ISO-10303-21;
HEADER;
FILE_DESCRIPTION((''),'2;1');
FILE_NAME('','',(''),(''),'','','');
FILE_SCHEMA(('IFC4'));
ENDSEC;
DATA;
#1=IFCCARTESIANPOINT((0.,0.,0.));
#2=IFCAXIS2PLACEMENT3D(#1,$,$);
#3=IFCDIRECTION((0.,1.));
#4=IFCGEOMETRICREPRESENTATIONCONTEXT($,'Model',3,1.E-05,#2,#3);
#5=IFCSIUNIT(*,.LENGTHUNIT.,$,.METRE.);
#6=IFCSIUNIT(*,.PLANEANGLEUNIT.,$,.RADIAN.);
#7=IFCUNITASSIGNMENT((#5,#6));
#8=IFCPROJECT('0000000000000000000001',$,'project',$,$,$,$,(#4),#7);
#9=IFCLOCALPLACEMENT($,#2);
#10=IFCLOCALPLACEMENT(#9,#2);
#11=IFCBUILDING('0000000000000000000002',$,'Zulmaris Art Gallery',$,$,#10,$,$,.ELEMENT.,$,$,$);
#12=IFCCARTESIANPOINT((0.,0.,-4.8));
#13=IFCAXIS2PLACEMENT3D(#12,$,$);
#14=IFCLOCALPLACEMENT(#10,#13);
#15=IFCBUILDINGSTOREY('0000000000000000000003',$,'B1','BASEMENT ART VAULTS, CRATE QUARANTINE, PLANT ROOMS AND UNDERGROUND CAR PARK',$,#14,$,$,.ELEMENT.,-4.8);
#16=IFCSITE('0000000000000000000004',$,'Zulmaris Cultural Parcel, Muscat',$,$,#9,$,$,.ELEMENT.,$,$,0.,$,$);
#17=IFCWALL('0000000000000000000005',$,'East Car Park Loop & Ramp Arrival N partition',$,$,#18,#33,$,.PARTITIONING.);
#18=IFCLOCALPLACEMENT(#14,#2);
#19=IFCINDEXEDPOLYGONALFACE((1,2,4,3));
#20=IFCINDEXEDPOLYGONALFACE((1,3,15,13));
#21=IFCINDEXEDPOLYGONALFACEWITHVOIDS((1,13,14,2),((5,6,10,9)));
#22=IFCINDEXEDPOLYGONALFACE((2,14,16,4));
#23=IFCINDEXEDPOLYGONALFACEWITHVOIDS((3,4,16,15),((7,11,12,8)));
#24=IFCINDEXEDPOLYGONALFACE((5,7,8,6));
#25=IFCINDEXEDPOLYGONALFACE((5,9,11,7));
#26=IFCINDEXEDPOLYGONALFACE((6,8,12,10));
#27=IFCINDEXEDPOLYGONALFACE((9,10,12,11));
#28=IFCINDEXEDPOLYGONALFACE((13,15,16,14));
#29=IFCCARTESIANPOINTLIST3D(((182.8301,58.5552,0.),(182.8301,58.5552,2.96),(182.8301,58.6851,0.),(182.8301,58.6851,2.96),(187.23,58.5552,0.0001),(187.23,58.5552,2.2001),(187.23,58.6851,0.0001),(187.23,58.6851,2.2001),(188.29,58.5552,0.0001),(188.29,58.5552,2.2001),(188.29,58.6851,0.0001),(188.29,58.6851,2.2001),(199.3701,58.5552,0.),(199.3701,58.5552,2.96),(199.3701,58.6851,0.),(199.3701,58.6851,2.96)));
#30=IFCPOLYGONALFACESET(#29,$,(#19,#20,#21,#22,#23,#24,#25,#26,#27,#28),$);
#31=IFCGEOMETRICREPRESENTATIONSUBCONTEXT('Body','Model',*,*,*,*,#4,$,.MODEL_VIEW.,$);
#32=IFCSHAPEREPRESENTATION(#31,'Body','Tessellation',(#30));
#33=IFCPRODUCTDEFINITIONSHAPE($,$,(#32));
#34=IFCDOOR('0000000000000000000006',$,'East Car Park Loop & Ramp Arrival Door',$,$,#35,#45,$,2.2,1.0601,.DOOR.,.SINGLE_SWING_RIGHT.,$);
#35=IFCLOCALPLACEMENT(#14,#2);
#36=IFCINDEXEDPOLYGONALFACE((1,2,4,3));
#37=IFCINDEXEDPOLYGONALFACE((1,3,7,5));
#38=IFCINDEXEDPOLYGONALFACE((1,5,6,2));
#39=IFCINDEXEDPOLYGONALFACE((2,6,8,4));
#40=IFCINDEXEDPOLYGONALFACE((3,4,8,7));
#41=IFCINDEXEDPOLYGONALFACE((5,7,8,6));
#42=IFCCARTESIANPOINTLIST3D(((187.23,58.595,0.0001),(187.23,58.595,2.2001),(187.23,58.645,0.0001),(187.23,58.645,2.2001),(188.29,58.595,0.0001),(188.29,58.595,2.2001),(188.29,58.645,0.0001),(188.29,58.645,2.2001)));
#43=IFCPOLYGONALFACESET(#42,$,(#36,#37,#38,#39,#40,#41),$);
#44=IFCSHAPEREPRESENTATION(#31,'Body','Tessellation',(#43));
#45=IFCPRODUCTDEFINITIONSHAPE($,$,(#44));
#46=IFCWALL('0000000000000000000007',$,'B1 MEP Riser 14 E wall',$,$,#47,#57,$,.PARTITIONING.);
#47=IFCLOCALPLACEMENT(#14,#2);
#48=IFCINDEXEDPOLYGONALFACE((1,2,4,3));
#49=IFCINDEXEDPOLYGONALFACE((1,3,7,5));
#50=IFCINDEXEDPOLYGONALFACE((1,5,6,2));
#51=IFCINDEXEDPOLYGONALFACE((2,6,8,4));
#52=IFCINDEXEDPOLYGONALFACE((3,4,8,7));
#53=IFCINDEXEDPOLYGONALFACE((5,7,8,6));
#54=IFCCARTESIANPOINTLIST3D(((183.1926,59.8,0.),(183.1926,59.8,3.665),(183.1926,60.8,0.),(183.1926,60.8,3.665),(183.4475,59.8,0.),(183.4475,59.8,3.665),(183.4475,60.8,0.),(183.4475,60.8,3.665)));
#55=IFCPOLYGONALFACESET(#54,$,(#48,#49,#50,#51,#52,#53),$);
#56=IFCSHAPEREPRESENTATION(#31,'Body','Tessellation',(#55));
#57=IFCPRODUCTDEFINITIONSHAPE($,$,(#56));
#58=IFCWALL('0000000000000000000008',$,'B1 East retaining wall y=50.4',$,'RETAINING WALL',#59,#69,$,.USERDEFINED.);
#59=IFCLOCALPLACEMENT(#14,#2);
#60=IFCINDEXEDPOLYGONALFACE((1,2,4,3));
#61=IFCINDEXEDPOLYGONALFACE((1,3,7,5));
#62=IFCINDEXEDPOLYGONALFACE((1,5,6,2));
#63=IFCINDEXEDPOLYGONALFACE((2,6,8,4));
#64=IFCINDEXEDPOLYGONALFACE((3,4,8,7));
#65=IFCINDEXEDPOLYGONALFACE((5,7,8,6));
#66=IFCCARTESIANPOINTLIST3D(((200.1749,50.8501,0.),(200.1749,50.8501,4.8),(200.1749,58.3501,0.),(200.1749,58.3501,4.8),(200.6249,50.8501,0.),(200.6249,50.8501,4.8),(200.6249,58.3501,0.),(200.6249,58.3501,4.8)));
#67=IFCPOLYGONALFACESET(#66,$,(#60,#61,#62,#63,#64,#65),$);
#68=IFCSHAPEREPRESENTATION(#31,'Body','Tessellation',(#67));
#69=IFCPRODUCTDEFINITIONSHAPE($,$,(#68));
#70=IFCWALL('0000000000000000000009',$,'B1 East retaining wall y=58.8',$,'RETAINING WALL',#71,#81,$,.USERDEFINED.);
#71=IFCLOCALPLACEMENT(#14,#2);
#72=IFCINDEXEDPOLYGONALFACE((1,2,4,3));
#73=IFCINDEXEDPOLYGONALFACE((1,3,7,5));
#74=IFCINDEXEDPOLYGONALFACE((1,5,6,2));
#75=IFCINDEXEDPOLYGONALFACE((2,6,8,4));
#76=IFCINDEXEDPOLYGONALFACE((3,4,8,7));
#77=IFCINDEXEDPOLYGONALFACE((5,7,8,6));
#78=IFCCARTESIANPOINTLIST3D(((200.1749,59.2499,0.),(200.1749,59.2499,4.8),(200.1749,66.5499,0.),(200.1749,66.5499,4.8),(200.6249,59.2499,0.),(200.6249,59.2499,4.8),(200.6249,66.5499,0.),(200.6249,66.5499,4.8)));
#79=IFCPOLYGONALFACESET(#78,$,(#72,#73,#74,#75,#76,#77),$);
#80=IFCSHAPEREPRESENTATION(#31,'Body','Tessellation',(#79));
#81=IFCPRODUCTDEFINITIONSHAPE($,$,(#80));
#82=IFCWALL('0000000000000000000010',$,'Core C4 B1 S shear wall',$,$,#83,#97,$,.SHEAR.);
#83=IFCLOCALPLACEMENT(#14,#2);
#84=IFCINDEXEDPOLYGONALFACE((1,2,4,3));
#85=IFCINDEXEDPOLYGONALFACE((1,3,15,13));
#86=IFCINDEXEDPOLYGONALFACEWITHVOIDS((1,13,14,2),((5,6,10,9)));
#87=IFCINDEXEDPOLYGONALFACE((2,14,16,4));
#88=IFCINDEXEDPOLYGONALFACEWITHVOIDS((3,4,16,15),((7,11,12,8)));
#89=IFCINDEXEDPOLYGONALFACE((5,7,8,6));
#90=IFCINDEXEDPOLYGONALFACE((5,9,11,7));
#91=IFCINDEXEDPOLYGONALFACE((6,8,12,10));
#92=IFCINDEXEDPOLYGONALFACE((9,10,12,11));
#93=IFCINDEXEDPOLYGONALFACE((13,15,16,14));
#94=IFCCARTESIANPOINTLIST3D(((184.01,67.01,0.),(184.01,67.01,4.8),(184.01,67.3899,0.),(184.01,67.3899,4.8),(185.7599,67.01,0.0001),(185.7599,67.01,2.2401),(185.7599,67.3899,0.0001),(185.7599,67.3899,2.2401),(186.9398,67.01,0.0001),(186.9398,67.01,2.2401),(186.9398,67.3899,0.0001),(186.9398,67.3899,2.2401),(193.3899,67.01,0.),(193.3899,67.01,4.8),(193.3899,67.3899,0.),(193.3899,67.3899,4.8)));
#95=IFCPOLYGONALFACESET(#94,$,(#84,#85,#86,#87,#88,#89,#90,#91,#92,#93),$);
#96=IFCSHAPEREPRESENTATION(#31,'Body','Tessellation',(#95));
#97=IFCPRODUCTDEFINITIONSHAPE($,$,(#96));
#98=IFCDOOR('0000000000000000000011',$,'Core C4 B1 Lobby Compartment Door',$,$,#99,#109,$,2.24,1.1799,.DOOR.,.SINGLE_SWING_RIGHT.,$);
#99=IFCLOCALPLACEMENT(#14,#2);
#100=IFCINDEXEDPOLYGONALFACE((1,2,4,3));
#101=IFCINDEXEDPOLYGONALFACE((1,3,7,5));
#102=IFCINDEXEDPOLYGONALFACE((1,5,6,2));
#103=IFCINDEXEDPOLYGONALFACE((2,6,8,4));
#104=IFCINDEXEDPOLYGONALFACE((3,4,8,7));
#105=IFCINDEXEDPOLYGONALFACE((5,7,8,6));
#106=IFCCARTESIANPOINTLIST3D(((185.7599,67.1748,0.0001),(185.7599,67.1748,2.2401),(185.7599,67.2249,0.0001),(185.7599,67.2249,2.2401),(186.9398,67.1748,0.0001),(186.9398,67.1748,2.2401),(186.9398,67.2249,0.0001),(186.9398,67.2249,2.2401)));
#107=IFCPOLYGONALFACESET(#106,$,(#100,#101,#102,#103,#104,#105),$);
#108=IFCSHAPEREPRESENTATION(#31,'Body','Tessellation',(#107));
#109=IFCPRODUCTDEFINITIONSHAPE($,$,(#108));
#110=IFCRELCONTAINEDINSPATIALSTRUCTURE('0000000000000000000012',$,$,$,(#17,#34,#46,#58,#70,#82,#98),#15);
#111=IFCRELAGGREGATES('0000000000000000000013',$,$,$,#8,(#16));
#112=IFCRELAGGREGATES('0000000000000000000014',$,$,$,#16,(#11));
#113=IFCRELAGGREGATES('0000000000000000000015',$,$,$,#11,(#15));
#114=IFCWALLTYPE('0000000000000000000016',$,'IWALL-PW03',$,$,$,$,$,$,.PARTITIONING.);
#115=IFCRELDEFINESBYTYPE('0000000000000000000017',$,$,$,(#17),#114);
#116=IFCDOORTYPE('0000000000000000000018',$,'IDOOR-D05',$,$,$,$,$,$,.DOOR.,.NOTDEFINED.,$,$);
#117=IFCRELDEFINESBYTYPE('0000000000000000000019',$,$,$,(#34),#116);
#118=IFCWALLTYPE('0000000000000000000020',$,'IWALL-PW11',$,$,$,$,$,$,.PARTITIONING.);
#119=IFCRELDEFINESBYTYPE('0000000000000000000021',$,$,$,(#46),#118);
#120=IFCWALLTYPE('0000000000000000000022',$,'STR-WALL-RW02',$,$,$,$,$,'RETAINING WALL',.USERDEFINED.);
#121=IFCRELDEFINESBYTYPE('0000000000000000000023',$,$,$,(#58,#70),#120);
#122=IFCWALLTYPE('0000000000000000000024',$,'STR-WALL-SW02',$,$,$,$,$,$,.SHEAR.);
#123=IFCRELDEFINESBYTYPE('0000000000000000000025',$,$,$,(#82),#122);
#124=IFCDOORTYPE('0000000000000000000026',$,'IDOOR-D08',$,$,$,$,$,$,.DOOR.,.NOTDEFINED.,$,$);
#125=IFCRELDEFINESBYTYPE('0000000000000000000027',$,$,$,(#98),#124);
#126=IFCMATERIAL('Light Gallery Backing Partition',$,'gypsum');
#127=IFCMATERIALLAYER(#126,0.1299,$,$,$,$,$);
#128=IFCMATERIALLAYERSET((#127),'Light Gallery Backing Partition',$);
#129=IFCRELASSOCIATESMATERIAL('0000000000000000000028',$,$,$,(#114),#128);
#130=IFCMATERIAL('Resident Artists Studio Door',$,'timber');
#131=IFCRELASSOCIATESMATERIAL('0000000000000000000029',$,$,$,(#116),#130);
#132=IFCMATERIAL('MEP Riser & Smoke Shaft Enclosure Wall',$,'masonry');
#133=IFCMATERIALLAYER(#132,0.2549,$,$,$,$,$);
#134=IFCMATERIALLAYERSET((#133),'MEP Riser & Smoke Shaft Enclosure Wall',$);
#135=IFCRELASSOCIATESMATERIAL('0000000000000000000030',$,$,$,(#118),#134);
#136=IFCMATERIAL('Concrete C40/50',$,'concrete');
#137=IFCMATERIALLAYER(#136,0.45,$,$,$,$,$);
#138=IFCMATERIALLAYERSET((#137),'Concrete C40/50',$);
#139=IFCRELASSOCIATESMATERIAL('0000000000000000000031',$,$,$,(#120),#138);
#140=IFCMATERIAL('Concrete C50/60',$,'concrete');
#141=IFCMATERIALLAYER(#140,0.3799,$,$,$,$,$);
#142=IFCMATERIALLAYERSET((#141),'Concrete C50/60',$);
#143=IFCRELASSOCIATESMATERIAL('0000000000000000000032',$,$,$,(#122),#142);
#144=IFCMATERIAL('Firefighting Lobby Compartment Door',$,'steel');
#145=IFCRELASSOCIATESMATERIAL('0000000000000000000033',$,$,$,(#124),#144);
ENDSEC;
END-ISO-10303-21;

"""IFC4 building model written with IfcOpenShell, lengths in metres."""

from ifc_helpers import new_model, si_unit, direction, frame, frame_2d, origin, place, context, subcontext, project, spatial, rectangle, extrude, material, layer, layer_set, type_object, element, fill, save


model = new_model("IFC4")

# Units and contexts
model_context = context("Model", 3, precision=1e-05, world=origin(), true_north=direction((0.0, 1.0)))
body_context = subcontext(model_context, "Body", "Model", "MODEL_VIEW")
ifc_project = project(units=[si_unit("LENGTHUNIT", "METRE"), si_unit("PLANEANGLEUNIT", "RADIAN")], contexts=[model_context])

# Site, building, storey
site_placement = place(None, origin())
site = spatial("IfcSite", under=ifc_project, at=site_placement, Name="Zulmaris Cultural Parcel, Muscat", CompositionType="ELEMENT", RefElevation=0.0)
building_placement = place(site_placement, origin())
building = spatial("IfcBuilding", under=site, at=building_placement, Name="Zulmaris Art Gallery", CompositionType="ELEMENT")
storey_placement = place(building_placement, frame((0.0, 0.0, -4.8)))
storey = spatial("IfcBuildingStorey", under=building, at=storey_placement, Name="B1", Description="BASEMENT ART VAULTS, CRATE QUARANTINE, PLANT ROOMS AND UNDERGROUND CAR PARK", CompositionType="ELEMENT", Elevation=-4.8)

# Shared definitions
ifc_material_1 = material(Name="Concrete C40/50", Category="concrete")

# Shared definitions
ifc_material_2 = material(Name="Concrete C50/60", Category="concrete")

# Wall, opening, door
ifc_material_3 = material(Name="Light Gallery Backing Partition", Category="gypsum")
ifc_layer_1 = layer(ifc_material_3, 0.1299)
ifc_layer_set_1 = layer_set([ifc_layer_1], Name="Light Gallery Backing Partition")
wall_type_1 = type_object("IfcWallType", Name="IWALL-PW03", PredefinedType="PARTITIONING", material=ifc_layer_set_1)
wall_1_placement = place(storey_placement, frame((182.8301, 58.6201, 0.0), z_axis=(0.0, 0.0, 1.0), x_axis=(1.0, 0.0, 0.0)))
wall_1 = element("IfcWall", 1, at=wall_1_placement, inside=storey, type_object=wall_type_1, Name="East Car Park Loop & Ramp Arrival N partition", PredefinedType="PARTITIONING", context=body_context, shape_type="SweptSolid", body=[
    extrude(rectangle(XDim=16.54, YDim=0.1299, at=frame_2d((8.27, 0.0))), origin(), (0.0, 0.0, 1.0), 2.96),
])
opening_1_placement = place(wall_1_placement, frame((4.3999, 0.0, 0.0)))
opening_1 = element("IfcOpeningElement", 2, at=opening_1_placement, cuts=wall_1, PredefinedType="OPENING", context=body_context, shape_type="SweptSolid", body=[
    extrude(rectangle(XDim=1.0601, YDim=2.2, at=frame_2d((0.53, 1.1001))), frame((0.0, 0.075, 0.0), z_axis=(0.0, -1.0, 0.0), x_axis=(1.0, 0.0, 0.0)), (0.0, 0.0, 1.0), 0.1499),
])
ifc_material_4 = material(Name="Resident Artists Studio Door", Category="timber")
door_type_1 = type_object("IfcDoorType", Name="IDOOR-D05", OperationType="NOTDEFINED", PredefinedType="DOOR", material=ifc_material_4)
door_1_placement = place(opening_1_placement, origin())
door_1 = element("IfcDoor", 3, at=door_1_placement, inside=storey, type_object=door_type_1, Name="East Car Park Loop & Ramp Arrival Door", OperationType="SINGLE_SWING_RIGHT", OverallHeight=2.2, OverallWidth=1.0601, PredefinedType="DOOR", context=body_context, shape_type="SweptSolid", body=[
    extrude(rectangle(XDim=1.0601, YDim=2.2, at=frame_2d((0.53, 1.1001))), frame((0.0, 0.0249, 0.0), z_axis=(0.0, -1.0, 0.0), x_axis=(1.0, 0.0, 0.0)), (0.0, 0.0, 1.0), 0.05),
])
fill(opening_1, door_1)

# Walls
ifc_material_5 = material(Name="MEP Riser & Smoke Shaft Enclosure Wall", Category="masonry")
ifc_layer_2 = layer(ifc_material_5, 0.2549)
ifc_layer_set_2 = layer_set([ifc_layer_2], Name="MEP Riser & Smoke Shaft Enclosure Wall")
wall_type_2 = type_object("IfcWallType", Name="IWALL-PW11", PredefinedType="PARTITIONING", material=ifc_layer_set_2)
wall_2_placement = place(storey_placement, frame((183.3201, 59.8, 0.0), z_axis=(0.0, 0.0, 1.0), x_axis=(0.0, 1.0, 0.0)))
element("IfcWall", 4, at=wall_2_placement, inside=storey, type_object=wall_type_2, Name="B1 MEP Riser 14 E wall", PredefinedType="PARTITIONING", context=body_context, shape_type="SweptSolid", body=[
    extrude(rectangle(XDim=1.0, YDim=0.2549, at=frame_2d((0.5, 0.0))), origin(), (0.0, 0.0, 1.0), 3.665),
])
ifc_layer_3 = layer(ifc_material_1, 0.45)
ifc_layer_set_3 = layer_set([ifc_layer_3], Name="Concrete C40/50")
wall_type_3 = type_object("IfcWallType", Name="STR-WALL-RW02", ElementType="RETAINING WALL", PredefinedType="USERDEFINED", material=ifc_layer_set_3)
wall_3_placement = place(storey_placement, frame((200.3999, 50.8501, 0.0), z_axis=(0.0, 0.0, 1.0), x_axis=(0.0, 1.0, 0.0)))
element("IfcWall", 5, at=wall_3_placement, inside=storey, type_object=wall_type_3, Name="B1 East retaining wall y=50.4", ObjectType="RETAINING WALL", PredefinedType="USERDEFINED", context=body_context, shape_type="SweptSolid", body=[
    extrude(rectangle(XDim=7.5, YDim=0.45, at=frame_2d((3.75, 0.0))), origin(), (0.0, 0.0, 1.0), 4.8),
])
wall_4_placement = place(storey_placement, frame((200.3999, 59.25, 0.0), z_axis=(0.0, 0.0, 1.0), x_axis=(0.0, 1.0, 0.0)))
element("IfcWall", 6, at=wall_4_placement, inside=storey, type_object=wall_type_3, Name="B1 East retaining wall y=58.8", ObjectType="RETAINING WALL", PredefinedType="USERDEFINED", context=body_context, shape_type="SweptSolid", body=[
    extrude(rectangle(XDim=7.3, YDim=0.45, at=frame_2d((3.6499, 0.0))), origin(), (0.0, 0.0, 1.0), 4.8),
])

# Wall, opening, door
ifc_layer_4 = layer(ifc_material_2, 0.3799)
ifc_layer_set_4 = layer_set([ifc_layer_4], Name="Concrete C50/60")
wall_type_4 = type_object("IfcWallType", Name="STR-WALL-SW02", PredefinedType="SHEAR", material=ifc_layer_set_4)
wall_5_placement = place(storey_placement, frame((184.01, 67.2, 0.0), z_axis=(0.0, 0.0, 1.0), x_axis=(1.0, 0.0, 0.0)))
wall_5 = element("IfcWall", 7, at=wall_5_placement, inside=storey, type_object=wall_type_4, Name="Core C4 B1 S shear wall", PredefinedType="SHEAR", context=body_context, shape_type="SweptSolid", body=[
    extrude(rectangle(XDim=9.3799, YDim=0.3799, at=frame_2d((4.6899, 0.0))), origin(), (0.0, 0.0, 1.0), 4.8),
])
opening_2_placement = place(wall_5_placement, frame((1.75, 0.0, 0.0)))
opening_2 = element("IfcOpeningElement", 8, at=opening_2_placement, cuts=wall_5, PredefinedType="OPENING", context=body_context, shape_type="SweptSolid", body=[
    extrude(rectangle(XDim=1.1799, YDim=2.24, at=frame_2d((0.5898, 1.1201))), frame((0.0, 0.2, 0.0), z_axis=(0.0, -1.0, 0.0), x_axis=(1.0, 0.0, 0.0)), (0.0, 0.0, 1.0), 0.3999),
])
ifc_material_6 = material(Name="Firefighting Lobby Compartment Door", Category="steel")
door_type_2 = type_object("IfcDoorType", Name="IDOOR-D08", OperationType="NOTDEFINED", PredefinedType="DOOR", material=ifc_material_6)
door_2_placement = place(opening_2_placement, origin())
door_2 = element("IfcDoor", 9, at=door_2_placement, inside=storey, type_object=door_type_2, Name="Core C4 B1 Lobby Compartment Door", OperationType="SINGLE_SWING_RIGHT", OverallHeight=2.24, OverallWidth=1.1799, PredefinedType="DOOR", context=body_context, shape_type="SweptSolid", body=[
    extrude(rectangle(XDim=1.1799, YDim=2.24, at=frame_2d((0.5898, 1.1201))), frame((0.0, 0.0249, 0.0), z_axis=(0.0, -1.0, 0.0), x_axis=(1.0, 0.0, 0.0)), (0.0, 0.0, 1.0), 0.05),
])
fill(opening_2, door_2)

save(model, "model.ifc")
